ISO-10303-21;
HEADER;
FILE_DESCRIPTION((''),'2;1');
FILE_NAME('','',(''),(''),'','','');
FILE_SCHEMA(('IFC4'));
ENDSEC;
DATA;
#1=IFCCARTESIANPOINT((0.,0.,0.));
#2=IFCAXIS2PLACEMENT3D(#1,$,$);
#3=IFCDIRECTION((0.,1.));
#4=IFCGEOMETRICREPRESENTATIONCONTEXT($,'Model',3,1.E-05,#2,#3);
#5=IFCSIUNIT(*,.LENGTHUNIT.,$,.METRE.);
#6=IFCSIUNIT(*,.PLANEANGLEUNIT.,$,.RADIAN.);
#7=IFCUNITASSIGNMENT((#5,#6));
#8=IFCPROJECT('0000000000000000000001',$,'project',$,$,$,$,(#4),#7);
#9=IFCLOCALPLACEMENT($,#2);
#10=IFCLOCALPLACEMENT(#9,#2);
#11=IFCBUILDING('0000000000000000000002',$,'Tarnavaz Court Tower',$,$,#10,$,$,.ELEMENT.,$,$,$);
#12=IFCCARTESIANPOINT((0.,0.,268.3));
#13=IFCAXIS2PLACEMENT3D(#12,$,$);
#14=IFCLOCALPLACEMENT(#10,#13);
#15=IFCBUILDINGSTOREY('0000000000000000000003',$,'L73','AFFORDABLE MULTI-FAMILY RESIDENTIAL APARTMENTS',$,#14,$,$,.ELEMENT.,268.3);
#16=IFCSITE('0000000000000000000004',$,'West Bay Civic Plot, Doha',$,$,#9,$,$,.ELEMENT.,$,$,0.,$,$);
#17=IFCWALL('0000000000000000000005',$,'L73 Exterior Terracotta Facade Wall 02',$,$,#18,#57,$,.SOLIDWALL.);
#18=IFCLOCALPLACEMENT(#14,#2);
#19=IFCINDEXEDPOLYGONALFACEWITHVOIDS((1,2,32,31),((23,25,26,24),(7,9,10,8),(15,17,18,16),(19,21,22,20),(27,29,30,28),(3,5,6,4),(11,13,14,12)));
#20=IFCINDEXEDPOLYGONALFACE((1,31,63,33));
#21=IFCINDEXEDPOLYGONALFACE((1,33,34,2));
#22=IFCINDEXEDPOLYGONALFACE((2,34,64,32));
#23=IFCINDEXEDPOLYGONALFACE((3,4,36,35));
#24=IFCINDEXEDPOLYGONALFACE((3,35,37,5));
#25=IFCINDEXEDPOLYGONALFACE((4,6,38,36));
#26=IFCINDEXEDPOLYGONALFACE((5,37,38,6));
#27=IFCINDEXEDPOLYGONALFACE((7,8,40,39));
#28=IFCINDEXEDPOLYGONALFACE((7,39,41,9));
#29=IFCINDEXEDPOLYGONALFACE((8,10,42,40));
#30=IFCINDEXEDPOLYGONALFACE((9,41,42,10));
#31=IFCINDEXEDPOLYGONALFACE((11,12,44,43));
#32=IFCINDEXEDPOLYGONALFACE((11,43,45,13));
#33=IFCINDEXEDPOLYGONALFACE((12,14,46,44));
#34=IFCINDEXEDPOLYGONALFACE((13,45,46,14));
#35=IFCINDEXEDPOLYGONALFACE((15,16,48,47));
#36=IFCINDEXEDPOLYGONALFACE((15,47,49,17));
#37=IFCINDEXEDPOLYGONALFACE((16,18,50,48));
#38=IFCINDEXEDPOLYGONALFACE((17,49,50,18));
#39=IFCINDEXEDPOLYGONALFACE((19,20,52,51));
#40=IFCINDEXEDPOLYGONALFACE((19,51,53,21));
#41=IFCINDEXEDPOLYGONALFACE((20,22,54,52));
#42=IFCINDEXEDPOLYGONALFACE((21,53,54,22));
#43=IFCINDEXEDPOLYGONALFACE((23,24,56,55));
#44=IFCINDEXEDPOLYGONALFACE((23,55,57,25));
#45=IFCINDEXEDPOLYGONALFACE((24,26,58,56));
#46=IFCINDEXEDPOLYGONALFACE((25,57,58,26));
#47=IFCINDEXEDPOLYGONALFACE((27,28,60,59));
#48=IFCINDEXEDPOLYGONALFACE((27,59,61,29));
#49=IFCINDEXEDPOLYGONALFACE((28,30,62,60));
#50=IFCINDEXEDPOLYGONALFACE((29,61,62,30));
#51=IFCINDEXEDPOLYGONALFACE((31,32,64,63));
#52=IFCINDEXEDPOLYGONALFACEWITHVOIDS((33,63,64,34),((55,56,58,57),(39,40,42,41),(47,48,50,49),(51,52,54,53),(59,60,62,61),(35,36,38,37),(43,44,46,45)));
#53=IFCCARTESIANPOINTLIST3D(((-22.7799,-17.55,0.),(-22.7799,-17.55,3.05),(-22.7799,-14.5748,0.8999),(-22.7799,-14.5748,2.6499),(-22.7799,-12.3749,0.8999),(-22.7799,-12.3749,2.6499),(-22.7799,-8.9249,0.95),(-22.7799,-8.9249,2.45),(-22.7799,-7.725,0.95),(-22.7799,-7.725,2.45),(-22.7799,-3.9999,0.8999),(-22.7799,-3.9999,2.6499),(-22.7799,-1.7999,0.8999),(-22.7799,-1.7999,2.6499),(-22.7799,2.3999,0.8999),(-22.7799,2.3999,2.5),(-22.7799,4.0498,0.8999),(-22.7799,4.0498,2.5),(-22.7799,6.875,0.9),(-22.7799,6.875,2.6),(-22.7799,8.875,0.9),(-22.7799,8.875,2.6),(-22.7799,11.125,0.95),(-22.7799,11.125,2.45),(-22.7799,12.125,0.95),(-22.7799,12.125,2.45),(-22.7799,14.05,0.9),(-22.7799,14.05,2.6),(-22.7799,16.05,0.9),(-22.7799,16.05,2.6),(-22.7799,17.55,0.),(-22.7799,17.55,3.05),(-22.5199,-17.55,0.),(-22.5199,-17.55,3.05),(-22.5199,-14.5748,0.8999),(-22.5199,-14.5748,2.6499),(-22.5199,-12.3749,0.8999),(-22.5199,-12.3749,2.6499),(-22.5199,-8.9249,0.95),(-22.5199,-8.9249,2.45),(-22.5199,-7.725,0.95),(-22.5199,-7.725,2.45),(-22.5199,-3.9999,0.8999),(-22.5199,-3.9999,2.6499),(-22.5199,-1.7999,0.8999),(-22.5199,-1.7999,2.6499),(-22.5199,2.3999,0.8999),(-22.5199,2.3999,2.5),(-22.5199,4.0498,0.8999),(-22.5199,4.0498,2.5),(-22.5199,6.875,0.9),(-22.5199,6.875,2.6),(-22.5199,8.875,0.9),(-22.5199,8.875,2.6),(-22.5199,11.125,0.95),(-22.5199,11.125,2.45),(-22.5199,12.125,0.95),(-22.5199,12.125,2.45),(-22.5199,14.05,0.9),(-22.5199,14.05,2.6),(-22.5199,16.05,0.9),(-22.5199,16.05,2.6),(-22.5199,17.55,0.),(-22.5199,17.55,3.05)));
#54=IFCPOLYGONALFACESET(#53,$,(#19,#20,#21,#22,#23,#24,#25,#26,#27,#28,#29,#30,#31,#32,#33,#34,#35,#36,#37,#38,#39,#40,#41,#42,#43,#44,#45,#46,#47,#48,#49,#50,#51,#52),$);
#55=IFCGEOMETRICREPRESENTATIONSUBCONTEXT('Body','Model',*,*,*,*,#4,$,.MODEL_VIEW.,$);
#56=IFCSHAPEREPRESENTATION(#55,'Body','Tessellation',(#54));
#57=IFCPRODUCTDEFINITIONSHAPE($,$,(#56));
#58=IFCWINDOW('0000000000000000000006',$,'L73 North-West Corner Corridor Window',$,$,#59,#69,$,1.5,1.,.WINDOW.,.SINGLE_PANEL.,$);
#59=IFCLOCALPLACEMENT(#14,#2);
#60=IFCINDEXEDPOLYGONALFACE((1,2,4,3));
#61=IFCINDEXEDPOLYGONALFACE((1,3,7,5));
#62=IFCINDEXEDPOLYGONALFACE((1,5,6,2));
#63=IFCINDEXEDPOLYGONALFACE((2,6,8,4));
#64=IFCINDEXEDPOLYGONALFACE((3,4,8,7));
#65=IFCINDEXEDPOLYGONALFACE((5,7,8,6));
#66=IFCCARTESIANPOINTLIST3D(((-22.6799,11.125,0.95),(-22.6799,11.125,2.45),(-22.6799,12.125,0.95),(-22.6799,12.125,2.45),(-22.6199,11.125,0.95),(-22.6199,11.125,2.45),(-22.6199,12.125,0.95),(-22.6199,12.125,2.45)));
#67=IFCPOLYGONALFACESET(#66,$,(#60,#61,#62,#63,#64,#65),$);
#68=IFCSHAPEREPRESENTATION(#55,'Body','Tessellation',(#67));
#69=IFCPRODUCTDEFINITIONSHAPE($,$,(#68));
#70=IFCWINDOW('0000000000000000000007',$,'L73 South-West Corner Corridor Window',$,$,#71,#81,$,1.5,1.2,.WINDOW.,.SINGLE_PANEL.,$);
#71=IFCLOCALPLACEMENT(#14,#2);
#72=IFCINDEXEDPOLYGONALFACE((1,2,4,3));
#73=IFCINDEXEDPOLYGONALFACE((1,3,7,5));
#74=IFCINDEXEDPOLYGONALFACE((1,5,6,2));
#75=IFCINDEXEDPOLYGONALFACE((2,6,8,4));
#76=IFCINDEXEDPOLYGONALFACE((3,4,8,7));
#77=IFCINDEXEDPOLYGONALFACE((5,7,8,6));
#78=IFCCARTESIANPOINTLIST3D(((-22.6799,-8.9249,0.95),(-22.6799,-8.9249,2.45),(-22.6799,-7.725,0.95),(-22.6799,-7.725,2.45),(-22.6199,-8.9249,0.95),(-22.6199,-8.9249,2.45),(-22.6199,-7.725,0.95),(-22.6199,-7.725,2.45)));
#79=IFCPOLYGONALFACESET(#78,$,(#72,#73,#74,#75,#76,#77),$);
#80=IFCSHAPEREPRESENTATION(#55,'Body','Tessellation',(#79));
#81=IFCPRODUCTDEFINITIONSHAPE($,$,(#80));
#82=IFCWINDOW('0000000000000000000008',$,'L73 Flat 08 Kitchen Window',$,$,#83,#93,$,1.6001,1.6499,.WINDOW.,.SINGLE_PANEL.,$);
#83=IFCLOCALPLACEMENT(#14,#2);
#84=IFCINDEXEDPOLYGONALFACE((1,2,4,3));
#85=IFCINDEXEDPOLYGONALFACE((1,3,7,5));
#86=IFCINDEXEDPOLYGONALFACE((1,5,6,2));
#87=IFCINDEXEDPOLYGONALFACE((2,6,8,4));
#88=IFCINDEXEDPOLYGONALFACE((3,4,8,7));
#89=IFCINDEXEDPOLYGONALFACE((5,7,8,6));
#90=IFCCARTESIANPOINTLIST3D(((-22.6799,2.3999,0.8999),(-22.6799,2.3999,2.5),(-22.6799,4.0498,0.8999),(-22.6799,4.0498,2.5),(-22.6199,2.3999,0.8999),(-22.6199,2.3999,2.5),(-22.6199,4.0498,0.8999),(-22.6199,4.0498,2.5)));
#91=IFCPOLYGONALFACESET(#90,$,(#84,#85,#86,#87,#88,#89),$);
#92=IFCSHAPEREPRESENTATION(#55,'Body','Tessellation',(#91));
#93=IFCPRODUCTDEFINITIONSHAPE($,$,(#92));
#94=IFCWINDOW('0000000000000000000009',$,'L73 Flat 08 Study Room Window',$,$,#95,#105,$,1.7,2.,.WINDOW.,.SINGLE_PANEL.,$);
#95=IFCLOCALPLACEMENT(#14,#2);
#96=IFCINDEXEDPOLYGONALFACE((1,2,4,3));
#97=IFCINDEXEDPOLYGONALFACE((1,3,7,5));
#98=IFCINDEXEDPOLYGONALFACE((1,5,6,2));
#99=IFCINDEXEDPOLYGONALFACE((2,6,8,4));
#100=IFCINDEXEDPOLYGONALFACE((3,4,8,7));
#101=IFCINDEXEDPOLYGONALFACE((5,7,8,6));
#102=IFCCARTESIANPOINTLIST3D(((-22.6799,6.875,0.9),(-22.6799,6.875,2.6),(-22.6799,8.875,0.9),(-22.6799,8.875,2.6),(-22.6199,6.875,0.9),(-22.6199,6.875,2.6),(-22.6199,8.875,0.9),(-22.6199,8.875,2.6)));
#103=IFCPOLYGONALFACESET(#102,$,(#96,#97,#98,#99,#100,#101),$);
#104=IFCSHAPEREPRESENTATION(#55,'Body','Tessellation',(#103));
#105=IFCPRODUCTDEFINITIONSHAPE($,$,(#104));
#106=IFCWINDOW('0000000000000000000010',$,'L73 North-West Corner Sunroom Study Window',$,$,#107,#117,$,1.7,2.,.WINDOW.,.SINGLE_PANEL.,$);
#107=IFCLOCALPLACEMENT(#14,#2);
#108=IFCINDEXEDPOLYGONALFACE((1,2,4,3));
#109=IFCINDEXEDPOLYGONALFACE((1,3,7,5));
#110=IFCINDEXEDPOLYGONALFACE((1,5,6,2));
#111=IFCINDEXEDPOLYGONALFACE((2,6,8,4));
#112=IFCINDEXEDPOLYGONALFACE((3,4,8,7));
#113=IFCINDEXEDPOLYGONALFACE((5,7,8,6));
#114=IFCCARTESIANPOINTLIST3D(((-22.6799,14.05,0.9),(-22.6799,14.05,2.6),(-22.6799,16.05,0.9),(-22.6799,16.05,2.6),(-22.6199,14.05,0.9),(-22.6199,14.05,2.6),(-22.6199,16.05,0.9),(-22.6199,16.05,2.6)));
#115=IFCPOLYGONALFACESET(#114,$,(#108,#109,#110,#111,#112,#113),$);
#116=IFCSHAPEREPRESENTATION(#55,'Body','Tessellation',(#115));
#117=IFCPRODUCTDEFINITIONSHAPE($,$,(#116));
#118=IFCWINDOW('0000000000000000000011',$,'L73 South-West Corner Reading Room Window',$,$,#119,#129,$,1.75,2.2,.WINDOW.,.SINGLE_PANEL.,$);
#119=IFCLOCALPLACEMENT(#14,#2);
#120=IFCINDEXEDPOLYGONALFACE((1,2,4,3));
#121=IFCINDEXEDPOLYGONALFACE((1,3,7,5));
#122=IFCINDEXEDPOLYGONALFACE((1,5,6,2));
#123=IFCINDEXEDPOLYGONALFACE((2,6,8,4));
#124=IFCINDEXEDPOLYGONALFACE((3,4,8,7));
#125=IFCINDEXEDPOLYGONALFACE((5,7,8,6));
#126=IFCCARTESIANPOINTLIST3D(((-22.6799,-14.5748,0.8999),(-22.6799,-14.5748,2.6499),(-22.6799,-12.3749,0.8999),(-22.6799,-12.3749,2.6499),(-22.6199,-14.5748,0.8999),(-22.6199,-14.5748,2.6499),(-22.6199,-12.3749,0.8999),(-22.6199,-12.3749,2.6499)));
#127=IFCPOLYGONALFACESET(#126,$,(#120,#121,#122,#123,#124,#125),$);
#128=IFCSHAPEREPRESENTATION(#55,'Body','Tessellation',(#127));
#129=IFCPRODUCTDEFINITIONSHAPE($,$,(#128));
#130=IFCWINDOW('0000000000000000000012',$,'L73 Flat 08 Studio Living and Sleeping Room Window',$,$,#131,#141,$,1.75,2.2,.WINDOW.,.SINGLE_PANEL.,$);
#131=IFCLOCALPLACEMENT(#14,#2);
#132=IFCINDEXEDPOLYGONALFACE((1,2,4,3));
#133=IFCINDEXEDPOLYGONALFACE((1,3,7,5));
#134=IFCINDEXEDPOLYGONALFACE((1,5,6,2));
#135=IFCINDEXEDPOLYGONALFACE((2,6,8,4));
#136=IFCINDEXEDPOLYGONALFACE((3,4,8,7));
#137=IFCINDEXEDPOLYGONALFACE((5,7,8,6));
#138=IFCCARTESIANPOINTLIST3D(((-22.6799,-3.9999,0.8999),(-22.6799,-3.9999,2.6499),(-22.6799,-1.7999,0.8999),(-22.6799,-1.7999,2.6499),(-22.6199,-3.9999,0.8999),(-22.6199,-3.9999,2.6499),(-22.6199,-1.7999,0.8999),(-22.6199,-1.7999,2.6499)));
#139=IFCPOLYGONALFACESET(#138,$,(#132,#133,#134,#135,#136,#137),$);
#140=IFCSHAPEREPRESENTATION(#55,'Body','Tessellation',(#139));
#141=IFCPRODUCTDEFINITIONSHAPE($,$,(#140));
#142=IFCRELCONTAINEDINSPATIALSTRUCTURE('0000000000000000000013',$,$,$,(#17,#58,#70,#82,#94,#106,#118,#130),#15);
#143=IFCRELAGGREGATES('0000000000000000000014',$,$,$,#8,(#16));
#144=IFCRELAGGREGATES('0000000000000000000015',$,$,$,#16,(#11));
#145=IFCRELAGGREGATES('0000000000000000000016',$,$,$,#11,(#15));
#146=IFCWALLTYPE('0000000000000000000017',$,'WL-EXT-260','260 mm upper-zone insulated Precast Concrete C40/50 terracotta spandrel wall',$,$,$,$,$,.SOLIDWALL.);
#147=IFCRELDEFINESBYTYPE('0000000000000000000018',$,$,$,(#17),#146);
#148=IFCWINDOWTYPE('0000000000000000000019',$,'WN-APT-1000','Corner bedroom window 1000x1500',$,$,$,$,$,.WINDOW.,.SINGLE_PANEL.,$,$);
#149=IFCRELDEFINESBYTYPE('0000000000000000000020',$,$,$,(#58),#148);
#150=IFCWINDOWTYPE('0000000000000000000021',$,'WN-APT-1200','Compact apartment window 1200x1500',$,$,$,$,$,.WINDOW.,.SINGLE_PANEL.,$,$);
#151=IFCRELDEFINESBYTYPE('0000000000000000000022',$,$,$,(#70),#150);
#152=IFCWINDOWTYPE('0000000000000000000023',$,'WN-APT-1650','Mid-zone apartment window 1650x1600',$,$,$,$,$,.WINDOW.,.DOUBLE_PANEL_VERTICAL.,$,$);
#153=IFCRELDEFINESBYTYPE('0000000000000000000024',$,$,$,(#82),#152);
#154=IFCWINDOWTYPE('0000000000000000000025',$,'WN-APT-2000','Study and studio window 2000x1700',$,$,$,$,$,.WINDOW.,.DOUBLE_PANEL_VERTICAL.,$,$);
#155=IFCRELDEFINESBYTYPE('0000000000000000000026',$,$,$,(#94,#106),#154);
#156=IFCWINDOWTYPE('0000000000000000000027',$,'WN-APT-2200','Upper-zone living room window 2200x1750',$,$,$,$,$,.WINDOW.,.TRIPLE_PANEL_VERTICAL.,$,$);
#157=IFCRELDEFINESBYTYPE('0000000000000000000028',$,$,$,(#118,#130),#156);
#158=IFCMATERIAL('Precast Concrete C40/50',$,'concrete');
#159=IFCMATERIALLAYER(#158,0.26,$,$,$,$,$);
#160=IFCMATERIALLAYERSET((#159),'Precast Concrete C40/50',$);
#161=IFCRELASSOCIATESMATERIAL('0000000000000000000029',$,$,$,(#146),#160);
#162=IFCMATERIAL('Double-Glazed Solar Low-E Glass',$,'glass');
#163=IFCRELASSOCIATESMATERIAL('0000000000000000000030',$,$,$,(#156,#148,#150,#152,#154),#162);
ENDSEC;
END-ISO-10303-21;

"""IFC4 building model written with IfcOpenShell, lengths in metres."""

from ifc_helpers import new_model, si_unit, direction, frame, frame_2d, origin, place, context, subcontext, project, spatial, rectangle, extrude, material, layer, layer_set, type_object, element, fill, save


model = new_model("IFC4")

# Units and contexts
model_context = context("Model", 3, precision=1e-05, world=origin(), true_north=direction((0.0, 1.0)))
body_context = subcontext(model_context, "Body", "Model", "MODEL_VIEW")
ifc_project = project(units=[si_unit("LENGTHUNIT", "METRE"), si_unit("PLANEANGLEUNIT", "RADIAN")], contexts=[model_context])

# Site, building, storey
site_placement = place(None, origin())
site = spatial("IfcSite", under=ifc_project, at=site_placement, Name="West Bay Civic Plot, Doha", CompositionType="ELEMENT", RefElevation=0.0)
building_placement = place(site_placement, origin())
building = spatial("IfcBuilding", under=site, at=building_placement, Name="Tarnavaz Court Tower", CompositionType="ELEMENT")
storey_placement = place(building_placement, frame((0.0, 0.0, 268.3)))
storey = spatial("IfcBuildingStorey", under=building, at=storey_placement, Name="L73", Description="AFFORDABLE MULTI-FAMILY RESIDENTIAL APARTMENTS", CompositionType="ELEMENT", Elevation=268.3)

# Shared definitions
ifc_material_1 = material(Name="Precast Concrete C40/50", Category="concrete")
ifc_layer_1 = layer(ifc_material_1, 0.26)
ifc_layer_set_1 = layer_set([ifc_layer_1], Name="Precast Concrete C40/50")
wall_type_1 = type_object("IfcWallType", Name="WL-EXT-260", Description="260 mm upper-zone insulated Precast Concrete C40/50 terracotta spandrel wall", PredefinedType="SOLIDWALL", material=ifc_layer_set_1)
ifc_material_2 = material(Name="Double-Glazed Solar Low-E Glass", Category="glass")
window_type_1 = type_object("IfcWindowType", Name="WN-APT-2200", Description="Upper-zone living room window 2200x1750", PartitioningType="TRIPLE_PANEL_VERTICAL", PredefinedType="WINDOW", material=ifc_material_2)

# Wall, openings, windows
wall_1_placement = place(storey_placement, frame((-22.6499, -17.55, 0.0), z_axis=(0.0, 0.0, 1.0), x_axis=(0.0, 1.0, 0.0)))
wall_1 = element("IfcWall", 1, at=wall_1_placement, inside=storey, type_object=wall_type_1, Name="L73 Exterior Terracotta Facade Wall 02", PredefinedType="SOLIDWALL", context=body_context, shape_type="SweptSolid", body=[
    extrude(rectangle(XDim=35.1001, YDim=0.26, at=frame_2d((17.55, 0.0))), origin(), (0.0, 0.0, 1.0), 3.05),
])
opening_1_placement = place(wall_1_placement, frame((2.9751, 0.0, 0.8999)))
opening_1 = element("IfcOpeningElement", 2, at=opening_1_placement, cuts=wall_1, PredefinedType="OPENING", context=body_context, shape_type="SweptSolid", body=[
    extrude(rectangle(XDim=2.2, YDim=1.75, at=frame_2d((1.1001, 0.875))), frame((0.0, 0.1399, 0.0), z_axis=(0.0, -1.0, 0.0), x_axis=(1.0, 0.0, 0.0)), (0.0, 0.0, 1.0), 0.28),
])
opening_2_placement = place(wall_1_placement, frame((8.625, 0.0, 0.95)))
opening_2 = element("IfcOpeningElement", 3, at=opening_2_placement, cuts=wall_1, PredefinedType="OPENING", context=body_context, shape_type="SweptSolid", body=[
    extrude(rectangle(XDim=1.2, YDim=1.5, at=frame_2d((0.6001, 0.75))), frame((0.0, 0.1399, 0.0), z_axis=(0.0, -1.0, 0.0), x_axis=(1.0, 0.0, 0.0)), (0.0, 0.0, 1.0), 0.28),
])
opening_3_placement = place(wall_1_placement, frame((13.55, 0.0, 0.8999)))
opening_3 = element("IfcOpeningElement", 4, at=opening_3_placement, cuts=wall_1, PredefinedType="OPENING", context=body_context, shape_type="SweptSolid", body=[
    extrude(rectangle(XDim=2.2, YDim=1.75, at=frame_2d((1.1001, 0.875))), frame((0.0, 0.1399, 0.0), z_axis=(0.0, -1.0, 0.0), x_axis=(1.0, 0.0, 0.0)), (0.0, 0.0, 1.0), 0.28),
])
opening_4_placement = place(wall_1_placement, frame((19.95, 0.0, 0.8999)))
opening_4 = element("IfcOpeningElement", 5, at=opening_4_placement, cuts=wall_1, PredefinedType="OPENING", context=body_context, shape_type="SweptSolid", body=[
    extrude(rectangle(XDim=1.6499, YDim=1.6001, at=frame_2d((0.825, 0.8))), frame((0.0, 0.1399, 0.0), z_axis=(0.0, -1.0, 0.0), x_axis=(1.0, 0.0, 0.0)), (0.0, 0.0, 1.0), 0.28),
])
opening_5_placement = place(wall_1_placement, frame((24.425, 0.0, 0.8999)))
opening_5 = element("IfcOpeningElement", 6, at=opening_5_placement, cuts=wall_1, PredefinedType="OPENING", context=body_context, shape_type="SweptSolid", body=[
    extrude(rectangle(XDim=2.0, YDim=1.7, at=frame_2d((1.0, 0.8501))), frame((0.0, 0.1399, 0.0), z_axis=(0.0, -1.0, 0.0), x_axis=(1.0, 0.0, 0.0)), (0.0, 0.0, 1.0), 0.28),
])
opening_6_placement = place(wall_1_placement, frame((28.675, 0.0, 0.95)))
opening_6 = element("IfcOpeningElement", 7, at=opening_6_placement, cuts=wall_1, PredefinedType="OPENING", context=body_context, shape_type="SweptSolid", body=[
    extrude(rectangle(XDim=1.0, YDim=1.5, at=frame_2d((0.5, 0.75))), frame((0.0, 0.1399, 0.0), z_axis=(0.0, -1.0, 0.0), x_axis=(1.0, 0.0, 0.0)), (0.0, 0.0, 1.0), 0.28),
])
opening_7_placement = place(wall_1_placement, frame((31.6001, 0.0, 0.8999)))
opening_7 = element("IfcOpeningElement", 8, at=opening_7_placement, cuts=wall_1, PredefinedType="OPENING", context=body_context, shape_type="SweptSolid", body=[
    extrude(rectangle(XDim=2.0, YDim=1.7, at=frame_2d((1.0, 0.8501))), frame((0.0, 0.1399, 0.0), z_axis=(0.0, -1.0, 0.0), x_axis=(1.0, 0.0, 0.0)), (0.0, 0.0, 1.0), 0.28),
])
window_type_2 = type_object("IfcWindowType", Name="WN-APT-1000", Description="Corner bedroom window 1000x1500", PartitioningType="SINGLE_PANEL", PredefinedType="WINDOW", material=ifc_material_2)
window_1_placement = place(opening_6_placement, origin())
window_1 = element("IfcWindow", 9, at=window_1_placement, inside=storey, type_object=window_type_2, Name="L73 North-West Corner Corridor Window", OverallHeight=1.5, OverallWidth=1.0, PartitioningType="SINGLE_PANEL", PredefinedType="WINDOW", context=body_context, shape_type="SweptSolid", body=[
    extrude(rectangle(XDim=1.0, YDim=1.5, at=frame_2d((0.5, 0.75))), frame((0.0, 0.03, 0.0), z_axis=(0.0, -1.0, 0.0), x_axis=(1.0, 0.0, 0.0)), (0.0, 0.0, 1.0), 0.0601),
])
fill(opening_6, window_1)
window_type_3 = type_object("IfcWindowType", Name="WN-APT-1200", Description="Compact apartment window 1200x1500", PartitioningType="SINGLE_PANEL", PredefinedType="WINDOW", material=ifc_material_2)
window_2_placement = place(opening_2_placement, origin())
window_2 = element("IfcWindow", 10, at=window_2_placement, inside=storey, type_object=window_type_3, Name="L73 South-West Corner Corridor Window", OverallHeight=1.5, OverallWidth=1.2, PartitioningType="SINGLE_PANEL", PredefinedType="WINDOW", context=body_context, shape_type="SweptSolid", body=[
    extrude(rectangle(XDim=1.2, YDim=1.5, at=frame_2d((0.6001, 0.75))), frame((0.0, 0.03, 0.0), z_axis=(0.0, -1.0, 0.0), x_axis=(1.0, 0.0, 0.0)), (0.0, 0.0, 1.0), 0.0601),
])
fill(opening_2, window_2)
window_type_4 = type_object("IfcWindowType", Name="WN-APT-1650", Description="Mid-zone apartment window 1650x1600", PartitioningType="DOUBLE_PANEL_VERTICAL", PredefinedType="WINDOW", material=ifc_material_2)
window_3_placement = place(opening_4_placement, origin())
window_3 = element("IfcWindow", 11, at=window_3_placement, inside=storey, type_object=window_type_4, Name="L73 Flat 08 Kitchen Window", OverallHeight=1.6001, OverallWidth=1.6499, PartitioningType="SINGLE_PANEL", PredefinedType="WINDOW", context=body_context, shape_type="SweptSolid", body=[
    extrude(rectangle(XDim=1.6499, YDim=1.6001, at=frame_2d((0.825, 0.8))), frame((0.0, 0.03, 0.0), z_axis=(0.0, -1.0, 0.0), x_axis=(1.0, 0.0, 0.0)), (0.0, 0.0, 1.0), 0.0601),
])
fill(opening_4, window_3)
window_type_5 = type_object("IfcWindowType", Name="WN-APT-2000", Description="Study and studio window 2000x1700", PartitioningType="DOUBLE_PANEL_VERTICAL", PredefinedType="WINDOW", material=ifc_material_2)
window_4_placement = place(opening_5_placement, origin())
window_4 = element("IfcWindow", 12, at=window_4_placement, inside=storey, type_object=window_type_5, Name="L73 Flat 08 Study Room Window", OverallHeight=1.7, OverallWidth=2.0, PartitioningType="SINGLE_PANEL", PredefinedType="WINDOW", context=body_context, shape_type="SweptSolid", body=[
    extrude(rectangle(XDim=2.0, YDim=1.7, at=frame_2d((1.0, 0.8501))), frame((0.0, 0.03, 0.0), z_axis=(0.0, -1.0, 0.0), x_axis=(1.0, 0.0, 0.0)), (0.0, 0.0, 1.0), 0.0601),
])
fill(opening_5, window_4)
window_5_placement = place(opening_7_placement, origin())
window_5 = element("IfcWindow", 13, at=window_5_placement, inside=storey, type_object=window_type_5, Name="L73 North-West Corner Sunroom Study Window", OverallHeight=1.7, OverallWidth=2.0, PartitioningType="SINGLE_PANEL", PredefinedType="WINDOW", context=body_context, shape_type="SweptSolid", body=[
    extrude(rectangle(XDim=2.0, YDim=1.7, at=frame_2d((1.0, 0.8501))), frame((0.0, 0.03, 0.0), z_axis=(0.0, -1.0, 0.0), x_axis=(1.0, 0.0, 0.0)), (0.0, 0.0, 1.0), 0.0601),
])
fill(opening_7, window_5)
window_6_placement = place(opening_1_placement, origin())
window_6 = element("IfcWindow", 14, at=window_6_placement, inside=storey, type_object=window_type_1, Name="L73 South-West Corner Reading Room Window", OverallHeight=1.75, OverallWidth=2.2, PartitioningType="SINGLE_PANEL", PredefinedType="WINDOW", context=body_context, shape_type="SweptSolid", body=[
    extrude(rectangle(XDim=2.2, YDim=1.75, at=frame_2d((1.1001, 0.875))), frame((0.0, 0.03, 0.0), z_axis=(0.0, -1.0, 0.0), x_axis=(1.0, 0.0, 0.0)), (0.0, 0.0, 1.0), 0.0601),
])
fill(opening_1, window_6)
window_7_placement = place(opening_3_placement, origin())
window_7 = element("IfcWindow", 15, at=window_7_placement, inside=storey, type_object=window_type_1, Name="L73 Flat 08 Studio Living and Sleeping Room Window", OverallHeight=1.75, OverallWidth=2.2, PartitioningType="SINGLE_PANEL", PredefinedType="WINDOW", context=body_context, shape_type="SweptSolid", body=[
    extrude(rectangle(XDim=2.2, YDim=1.75, at=frame_2d((1.1001, 0.875))), frame((0.0, 0.03, 0.0), z_axis=(0.0, -1.0, 0.0), x_axis=(1.0, 0.0, 0.0)), (0.0, 0.0, 1.0), 0.0601),
])
fill(opening_3, window_7)

save(model, "model.ifc")
